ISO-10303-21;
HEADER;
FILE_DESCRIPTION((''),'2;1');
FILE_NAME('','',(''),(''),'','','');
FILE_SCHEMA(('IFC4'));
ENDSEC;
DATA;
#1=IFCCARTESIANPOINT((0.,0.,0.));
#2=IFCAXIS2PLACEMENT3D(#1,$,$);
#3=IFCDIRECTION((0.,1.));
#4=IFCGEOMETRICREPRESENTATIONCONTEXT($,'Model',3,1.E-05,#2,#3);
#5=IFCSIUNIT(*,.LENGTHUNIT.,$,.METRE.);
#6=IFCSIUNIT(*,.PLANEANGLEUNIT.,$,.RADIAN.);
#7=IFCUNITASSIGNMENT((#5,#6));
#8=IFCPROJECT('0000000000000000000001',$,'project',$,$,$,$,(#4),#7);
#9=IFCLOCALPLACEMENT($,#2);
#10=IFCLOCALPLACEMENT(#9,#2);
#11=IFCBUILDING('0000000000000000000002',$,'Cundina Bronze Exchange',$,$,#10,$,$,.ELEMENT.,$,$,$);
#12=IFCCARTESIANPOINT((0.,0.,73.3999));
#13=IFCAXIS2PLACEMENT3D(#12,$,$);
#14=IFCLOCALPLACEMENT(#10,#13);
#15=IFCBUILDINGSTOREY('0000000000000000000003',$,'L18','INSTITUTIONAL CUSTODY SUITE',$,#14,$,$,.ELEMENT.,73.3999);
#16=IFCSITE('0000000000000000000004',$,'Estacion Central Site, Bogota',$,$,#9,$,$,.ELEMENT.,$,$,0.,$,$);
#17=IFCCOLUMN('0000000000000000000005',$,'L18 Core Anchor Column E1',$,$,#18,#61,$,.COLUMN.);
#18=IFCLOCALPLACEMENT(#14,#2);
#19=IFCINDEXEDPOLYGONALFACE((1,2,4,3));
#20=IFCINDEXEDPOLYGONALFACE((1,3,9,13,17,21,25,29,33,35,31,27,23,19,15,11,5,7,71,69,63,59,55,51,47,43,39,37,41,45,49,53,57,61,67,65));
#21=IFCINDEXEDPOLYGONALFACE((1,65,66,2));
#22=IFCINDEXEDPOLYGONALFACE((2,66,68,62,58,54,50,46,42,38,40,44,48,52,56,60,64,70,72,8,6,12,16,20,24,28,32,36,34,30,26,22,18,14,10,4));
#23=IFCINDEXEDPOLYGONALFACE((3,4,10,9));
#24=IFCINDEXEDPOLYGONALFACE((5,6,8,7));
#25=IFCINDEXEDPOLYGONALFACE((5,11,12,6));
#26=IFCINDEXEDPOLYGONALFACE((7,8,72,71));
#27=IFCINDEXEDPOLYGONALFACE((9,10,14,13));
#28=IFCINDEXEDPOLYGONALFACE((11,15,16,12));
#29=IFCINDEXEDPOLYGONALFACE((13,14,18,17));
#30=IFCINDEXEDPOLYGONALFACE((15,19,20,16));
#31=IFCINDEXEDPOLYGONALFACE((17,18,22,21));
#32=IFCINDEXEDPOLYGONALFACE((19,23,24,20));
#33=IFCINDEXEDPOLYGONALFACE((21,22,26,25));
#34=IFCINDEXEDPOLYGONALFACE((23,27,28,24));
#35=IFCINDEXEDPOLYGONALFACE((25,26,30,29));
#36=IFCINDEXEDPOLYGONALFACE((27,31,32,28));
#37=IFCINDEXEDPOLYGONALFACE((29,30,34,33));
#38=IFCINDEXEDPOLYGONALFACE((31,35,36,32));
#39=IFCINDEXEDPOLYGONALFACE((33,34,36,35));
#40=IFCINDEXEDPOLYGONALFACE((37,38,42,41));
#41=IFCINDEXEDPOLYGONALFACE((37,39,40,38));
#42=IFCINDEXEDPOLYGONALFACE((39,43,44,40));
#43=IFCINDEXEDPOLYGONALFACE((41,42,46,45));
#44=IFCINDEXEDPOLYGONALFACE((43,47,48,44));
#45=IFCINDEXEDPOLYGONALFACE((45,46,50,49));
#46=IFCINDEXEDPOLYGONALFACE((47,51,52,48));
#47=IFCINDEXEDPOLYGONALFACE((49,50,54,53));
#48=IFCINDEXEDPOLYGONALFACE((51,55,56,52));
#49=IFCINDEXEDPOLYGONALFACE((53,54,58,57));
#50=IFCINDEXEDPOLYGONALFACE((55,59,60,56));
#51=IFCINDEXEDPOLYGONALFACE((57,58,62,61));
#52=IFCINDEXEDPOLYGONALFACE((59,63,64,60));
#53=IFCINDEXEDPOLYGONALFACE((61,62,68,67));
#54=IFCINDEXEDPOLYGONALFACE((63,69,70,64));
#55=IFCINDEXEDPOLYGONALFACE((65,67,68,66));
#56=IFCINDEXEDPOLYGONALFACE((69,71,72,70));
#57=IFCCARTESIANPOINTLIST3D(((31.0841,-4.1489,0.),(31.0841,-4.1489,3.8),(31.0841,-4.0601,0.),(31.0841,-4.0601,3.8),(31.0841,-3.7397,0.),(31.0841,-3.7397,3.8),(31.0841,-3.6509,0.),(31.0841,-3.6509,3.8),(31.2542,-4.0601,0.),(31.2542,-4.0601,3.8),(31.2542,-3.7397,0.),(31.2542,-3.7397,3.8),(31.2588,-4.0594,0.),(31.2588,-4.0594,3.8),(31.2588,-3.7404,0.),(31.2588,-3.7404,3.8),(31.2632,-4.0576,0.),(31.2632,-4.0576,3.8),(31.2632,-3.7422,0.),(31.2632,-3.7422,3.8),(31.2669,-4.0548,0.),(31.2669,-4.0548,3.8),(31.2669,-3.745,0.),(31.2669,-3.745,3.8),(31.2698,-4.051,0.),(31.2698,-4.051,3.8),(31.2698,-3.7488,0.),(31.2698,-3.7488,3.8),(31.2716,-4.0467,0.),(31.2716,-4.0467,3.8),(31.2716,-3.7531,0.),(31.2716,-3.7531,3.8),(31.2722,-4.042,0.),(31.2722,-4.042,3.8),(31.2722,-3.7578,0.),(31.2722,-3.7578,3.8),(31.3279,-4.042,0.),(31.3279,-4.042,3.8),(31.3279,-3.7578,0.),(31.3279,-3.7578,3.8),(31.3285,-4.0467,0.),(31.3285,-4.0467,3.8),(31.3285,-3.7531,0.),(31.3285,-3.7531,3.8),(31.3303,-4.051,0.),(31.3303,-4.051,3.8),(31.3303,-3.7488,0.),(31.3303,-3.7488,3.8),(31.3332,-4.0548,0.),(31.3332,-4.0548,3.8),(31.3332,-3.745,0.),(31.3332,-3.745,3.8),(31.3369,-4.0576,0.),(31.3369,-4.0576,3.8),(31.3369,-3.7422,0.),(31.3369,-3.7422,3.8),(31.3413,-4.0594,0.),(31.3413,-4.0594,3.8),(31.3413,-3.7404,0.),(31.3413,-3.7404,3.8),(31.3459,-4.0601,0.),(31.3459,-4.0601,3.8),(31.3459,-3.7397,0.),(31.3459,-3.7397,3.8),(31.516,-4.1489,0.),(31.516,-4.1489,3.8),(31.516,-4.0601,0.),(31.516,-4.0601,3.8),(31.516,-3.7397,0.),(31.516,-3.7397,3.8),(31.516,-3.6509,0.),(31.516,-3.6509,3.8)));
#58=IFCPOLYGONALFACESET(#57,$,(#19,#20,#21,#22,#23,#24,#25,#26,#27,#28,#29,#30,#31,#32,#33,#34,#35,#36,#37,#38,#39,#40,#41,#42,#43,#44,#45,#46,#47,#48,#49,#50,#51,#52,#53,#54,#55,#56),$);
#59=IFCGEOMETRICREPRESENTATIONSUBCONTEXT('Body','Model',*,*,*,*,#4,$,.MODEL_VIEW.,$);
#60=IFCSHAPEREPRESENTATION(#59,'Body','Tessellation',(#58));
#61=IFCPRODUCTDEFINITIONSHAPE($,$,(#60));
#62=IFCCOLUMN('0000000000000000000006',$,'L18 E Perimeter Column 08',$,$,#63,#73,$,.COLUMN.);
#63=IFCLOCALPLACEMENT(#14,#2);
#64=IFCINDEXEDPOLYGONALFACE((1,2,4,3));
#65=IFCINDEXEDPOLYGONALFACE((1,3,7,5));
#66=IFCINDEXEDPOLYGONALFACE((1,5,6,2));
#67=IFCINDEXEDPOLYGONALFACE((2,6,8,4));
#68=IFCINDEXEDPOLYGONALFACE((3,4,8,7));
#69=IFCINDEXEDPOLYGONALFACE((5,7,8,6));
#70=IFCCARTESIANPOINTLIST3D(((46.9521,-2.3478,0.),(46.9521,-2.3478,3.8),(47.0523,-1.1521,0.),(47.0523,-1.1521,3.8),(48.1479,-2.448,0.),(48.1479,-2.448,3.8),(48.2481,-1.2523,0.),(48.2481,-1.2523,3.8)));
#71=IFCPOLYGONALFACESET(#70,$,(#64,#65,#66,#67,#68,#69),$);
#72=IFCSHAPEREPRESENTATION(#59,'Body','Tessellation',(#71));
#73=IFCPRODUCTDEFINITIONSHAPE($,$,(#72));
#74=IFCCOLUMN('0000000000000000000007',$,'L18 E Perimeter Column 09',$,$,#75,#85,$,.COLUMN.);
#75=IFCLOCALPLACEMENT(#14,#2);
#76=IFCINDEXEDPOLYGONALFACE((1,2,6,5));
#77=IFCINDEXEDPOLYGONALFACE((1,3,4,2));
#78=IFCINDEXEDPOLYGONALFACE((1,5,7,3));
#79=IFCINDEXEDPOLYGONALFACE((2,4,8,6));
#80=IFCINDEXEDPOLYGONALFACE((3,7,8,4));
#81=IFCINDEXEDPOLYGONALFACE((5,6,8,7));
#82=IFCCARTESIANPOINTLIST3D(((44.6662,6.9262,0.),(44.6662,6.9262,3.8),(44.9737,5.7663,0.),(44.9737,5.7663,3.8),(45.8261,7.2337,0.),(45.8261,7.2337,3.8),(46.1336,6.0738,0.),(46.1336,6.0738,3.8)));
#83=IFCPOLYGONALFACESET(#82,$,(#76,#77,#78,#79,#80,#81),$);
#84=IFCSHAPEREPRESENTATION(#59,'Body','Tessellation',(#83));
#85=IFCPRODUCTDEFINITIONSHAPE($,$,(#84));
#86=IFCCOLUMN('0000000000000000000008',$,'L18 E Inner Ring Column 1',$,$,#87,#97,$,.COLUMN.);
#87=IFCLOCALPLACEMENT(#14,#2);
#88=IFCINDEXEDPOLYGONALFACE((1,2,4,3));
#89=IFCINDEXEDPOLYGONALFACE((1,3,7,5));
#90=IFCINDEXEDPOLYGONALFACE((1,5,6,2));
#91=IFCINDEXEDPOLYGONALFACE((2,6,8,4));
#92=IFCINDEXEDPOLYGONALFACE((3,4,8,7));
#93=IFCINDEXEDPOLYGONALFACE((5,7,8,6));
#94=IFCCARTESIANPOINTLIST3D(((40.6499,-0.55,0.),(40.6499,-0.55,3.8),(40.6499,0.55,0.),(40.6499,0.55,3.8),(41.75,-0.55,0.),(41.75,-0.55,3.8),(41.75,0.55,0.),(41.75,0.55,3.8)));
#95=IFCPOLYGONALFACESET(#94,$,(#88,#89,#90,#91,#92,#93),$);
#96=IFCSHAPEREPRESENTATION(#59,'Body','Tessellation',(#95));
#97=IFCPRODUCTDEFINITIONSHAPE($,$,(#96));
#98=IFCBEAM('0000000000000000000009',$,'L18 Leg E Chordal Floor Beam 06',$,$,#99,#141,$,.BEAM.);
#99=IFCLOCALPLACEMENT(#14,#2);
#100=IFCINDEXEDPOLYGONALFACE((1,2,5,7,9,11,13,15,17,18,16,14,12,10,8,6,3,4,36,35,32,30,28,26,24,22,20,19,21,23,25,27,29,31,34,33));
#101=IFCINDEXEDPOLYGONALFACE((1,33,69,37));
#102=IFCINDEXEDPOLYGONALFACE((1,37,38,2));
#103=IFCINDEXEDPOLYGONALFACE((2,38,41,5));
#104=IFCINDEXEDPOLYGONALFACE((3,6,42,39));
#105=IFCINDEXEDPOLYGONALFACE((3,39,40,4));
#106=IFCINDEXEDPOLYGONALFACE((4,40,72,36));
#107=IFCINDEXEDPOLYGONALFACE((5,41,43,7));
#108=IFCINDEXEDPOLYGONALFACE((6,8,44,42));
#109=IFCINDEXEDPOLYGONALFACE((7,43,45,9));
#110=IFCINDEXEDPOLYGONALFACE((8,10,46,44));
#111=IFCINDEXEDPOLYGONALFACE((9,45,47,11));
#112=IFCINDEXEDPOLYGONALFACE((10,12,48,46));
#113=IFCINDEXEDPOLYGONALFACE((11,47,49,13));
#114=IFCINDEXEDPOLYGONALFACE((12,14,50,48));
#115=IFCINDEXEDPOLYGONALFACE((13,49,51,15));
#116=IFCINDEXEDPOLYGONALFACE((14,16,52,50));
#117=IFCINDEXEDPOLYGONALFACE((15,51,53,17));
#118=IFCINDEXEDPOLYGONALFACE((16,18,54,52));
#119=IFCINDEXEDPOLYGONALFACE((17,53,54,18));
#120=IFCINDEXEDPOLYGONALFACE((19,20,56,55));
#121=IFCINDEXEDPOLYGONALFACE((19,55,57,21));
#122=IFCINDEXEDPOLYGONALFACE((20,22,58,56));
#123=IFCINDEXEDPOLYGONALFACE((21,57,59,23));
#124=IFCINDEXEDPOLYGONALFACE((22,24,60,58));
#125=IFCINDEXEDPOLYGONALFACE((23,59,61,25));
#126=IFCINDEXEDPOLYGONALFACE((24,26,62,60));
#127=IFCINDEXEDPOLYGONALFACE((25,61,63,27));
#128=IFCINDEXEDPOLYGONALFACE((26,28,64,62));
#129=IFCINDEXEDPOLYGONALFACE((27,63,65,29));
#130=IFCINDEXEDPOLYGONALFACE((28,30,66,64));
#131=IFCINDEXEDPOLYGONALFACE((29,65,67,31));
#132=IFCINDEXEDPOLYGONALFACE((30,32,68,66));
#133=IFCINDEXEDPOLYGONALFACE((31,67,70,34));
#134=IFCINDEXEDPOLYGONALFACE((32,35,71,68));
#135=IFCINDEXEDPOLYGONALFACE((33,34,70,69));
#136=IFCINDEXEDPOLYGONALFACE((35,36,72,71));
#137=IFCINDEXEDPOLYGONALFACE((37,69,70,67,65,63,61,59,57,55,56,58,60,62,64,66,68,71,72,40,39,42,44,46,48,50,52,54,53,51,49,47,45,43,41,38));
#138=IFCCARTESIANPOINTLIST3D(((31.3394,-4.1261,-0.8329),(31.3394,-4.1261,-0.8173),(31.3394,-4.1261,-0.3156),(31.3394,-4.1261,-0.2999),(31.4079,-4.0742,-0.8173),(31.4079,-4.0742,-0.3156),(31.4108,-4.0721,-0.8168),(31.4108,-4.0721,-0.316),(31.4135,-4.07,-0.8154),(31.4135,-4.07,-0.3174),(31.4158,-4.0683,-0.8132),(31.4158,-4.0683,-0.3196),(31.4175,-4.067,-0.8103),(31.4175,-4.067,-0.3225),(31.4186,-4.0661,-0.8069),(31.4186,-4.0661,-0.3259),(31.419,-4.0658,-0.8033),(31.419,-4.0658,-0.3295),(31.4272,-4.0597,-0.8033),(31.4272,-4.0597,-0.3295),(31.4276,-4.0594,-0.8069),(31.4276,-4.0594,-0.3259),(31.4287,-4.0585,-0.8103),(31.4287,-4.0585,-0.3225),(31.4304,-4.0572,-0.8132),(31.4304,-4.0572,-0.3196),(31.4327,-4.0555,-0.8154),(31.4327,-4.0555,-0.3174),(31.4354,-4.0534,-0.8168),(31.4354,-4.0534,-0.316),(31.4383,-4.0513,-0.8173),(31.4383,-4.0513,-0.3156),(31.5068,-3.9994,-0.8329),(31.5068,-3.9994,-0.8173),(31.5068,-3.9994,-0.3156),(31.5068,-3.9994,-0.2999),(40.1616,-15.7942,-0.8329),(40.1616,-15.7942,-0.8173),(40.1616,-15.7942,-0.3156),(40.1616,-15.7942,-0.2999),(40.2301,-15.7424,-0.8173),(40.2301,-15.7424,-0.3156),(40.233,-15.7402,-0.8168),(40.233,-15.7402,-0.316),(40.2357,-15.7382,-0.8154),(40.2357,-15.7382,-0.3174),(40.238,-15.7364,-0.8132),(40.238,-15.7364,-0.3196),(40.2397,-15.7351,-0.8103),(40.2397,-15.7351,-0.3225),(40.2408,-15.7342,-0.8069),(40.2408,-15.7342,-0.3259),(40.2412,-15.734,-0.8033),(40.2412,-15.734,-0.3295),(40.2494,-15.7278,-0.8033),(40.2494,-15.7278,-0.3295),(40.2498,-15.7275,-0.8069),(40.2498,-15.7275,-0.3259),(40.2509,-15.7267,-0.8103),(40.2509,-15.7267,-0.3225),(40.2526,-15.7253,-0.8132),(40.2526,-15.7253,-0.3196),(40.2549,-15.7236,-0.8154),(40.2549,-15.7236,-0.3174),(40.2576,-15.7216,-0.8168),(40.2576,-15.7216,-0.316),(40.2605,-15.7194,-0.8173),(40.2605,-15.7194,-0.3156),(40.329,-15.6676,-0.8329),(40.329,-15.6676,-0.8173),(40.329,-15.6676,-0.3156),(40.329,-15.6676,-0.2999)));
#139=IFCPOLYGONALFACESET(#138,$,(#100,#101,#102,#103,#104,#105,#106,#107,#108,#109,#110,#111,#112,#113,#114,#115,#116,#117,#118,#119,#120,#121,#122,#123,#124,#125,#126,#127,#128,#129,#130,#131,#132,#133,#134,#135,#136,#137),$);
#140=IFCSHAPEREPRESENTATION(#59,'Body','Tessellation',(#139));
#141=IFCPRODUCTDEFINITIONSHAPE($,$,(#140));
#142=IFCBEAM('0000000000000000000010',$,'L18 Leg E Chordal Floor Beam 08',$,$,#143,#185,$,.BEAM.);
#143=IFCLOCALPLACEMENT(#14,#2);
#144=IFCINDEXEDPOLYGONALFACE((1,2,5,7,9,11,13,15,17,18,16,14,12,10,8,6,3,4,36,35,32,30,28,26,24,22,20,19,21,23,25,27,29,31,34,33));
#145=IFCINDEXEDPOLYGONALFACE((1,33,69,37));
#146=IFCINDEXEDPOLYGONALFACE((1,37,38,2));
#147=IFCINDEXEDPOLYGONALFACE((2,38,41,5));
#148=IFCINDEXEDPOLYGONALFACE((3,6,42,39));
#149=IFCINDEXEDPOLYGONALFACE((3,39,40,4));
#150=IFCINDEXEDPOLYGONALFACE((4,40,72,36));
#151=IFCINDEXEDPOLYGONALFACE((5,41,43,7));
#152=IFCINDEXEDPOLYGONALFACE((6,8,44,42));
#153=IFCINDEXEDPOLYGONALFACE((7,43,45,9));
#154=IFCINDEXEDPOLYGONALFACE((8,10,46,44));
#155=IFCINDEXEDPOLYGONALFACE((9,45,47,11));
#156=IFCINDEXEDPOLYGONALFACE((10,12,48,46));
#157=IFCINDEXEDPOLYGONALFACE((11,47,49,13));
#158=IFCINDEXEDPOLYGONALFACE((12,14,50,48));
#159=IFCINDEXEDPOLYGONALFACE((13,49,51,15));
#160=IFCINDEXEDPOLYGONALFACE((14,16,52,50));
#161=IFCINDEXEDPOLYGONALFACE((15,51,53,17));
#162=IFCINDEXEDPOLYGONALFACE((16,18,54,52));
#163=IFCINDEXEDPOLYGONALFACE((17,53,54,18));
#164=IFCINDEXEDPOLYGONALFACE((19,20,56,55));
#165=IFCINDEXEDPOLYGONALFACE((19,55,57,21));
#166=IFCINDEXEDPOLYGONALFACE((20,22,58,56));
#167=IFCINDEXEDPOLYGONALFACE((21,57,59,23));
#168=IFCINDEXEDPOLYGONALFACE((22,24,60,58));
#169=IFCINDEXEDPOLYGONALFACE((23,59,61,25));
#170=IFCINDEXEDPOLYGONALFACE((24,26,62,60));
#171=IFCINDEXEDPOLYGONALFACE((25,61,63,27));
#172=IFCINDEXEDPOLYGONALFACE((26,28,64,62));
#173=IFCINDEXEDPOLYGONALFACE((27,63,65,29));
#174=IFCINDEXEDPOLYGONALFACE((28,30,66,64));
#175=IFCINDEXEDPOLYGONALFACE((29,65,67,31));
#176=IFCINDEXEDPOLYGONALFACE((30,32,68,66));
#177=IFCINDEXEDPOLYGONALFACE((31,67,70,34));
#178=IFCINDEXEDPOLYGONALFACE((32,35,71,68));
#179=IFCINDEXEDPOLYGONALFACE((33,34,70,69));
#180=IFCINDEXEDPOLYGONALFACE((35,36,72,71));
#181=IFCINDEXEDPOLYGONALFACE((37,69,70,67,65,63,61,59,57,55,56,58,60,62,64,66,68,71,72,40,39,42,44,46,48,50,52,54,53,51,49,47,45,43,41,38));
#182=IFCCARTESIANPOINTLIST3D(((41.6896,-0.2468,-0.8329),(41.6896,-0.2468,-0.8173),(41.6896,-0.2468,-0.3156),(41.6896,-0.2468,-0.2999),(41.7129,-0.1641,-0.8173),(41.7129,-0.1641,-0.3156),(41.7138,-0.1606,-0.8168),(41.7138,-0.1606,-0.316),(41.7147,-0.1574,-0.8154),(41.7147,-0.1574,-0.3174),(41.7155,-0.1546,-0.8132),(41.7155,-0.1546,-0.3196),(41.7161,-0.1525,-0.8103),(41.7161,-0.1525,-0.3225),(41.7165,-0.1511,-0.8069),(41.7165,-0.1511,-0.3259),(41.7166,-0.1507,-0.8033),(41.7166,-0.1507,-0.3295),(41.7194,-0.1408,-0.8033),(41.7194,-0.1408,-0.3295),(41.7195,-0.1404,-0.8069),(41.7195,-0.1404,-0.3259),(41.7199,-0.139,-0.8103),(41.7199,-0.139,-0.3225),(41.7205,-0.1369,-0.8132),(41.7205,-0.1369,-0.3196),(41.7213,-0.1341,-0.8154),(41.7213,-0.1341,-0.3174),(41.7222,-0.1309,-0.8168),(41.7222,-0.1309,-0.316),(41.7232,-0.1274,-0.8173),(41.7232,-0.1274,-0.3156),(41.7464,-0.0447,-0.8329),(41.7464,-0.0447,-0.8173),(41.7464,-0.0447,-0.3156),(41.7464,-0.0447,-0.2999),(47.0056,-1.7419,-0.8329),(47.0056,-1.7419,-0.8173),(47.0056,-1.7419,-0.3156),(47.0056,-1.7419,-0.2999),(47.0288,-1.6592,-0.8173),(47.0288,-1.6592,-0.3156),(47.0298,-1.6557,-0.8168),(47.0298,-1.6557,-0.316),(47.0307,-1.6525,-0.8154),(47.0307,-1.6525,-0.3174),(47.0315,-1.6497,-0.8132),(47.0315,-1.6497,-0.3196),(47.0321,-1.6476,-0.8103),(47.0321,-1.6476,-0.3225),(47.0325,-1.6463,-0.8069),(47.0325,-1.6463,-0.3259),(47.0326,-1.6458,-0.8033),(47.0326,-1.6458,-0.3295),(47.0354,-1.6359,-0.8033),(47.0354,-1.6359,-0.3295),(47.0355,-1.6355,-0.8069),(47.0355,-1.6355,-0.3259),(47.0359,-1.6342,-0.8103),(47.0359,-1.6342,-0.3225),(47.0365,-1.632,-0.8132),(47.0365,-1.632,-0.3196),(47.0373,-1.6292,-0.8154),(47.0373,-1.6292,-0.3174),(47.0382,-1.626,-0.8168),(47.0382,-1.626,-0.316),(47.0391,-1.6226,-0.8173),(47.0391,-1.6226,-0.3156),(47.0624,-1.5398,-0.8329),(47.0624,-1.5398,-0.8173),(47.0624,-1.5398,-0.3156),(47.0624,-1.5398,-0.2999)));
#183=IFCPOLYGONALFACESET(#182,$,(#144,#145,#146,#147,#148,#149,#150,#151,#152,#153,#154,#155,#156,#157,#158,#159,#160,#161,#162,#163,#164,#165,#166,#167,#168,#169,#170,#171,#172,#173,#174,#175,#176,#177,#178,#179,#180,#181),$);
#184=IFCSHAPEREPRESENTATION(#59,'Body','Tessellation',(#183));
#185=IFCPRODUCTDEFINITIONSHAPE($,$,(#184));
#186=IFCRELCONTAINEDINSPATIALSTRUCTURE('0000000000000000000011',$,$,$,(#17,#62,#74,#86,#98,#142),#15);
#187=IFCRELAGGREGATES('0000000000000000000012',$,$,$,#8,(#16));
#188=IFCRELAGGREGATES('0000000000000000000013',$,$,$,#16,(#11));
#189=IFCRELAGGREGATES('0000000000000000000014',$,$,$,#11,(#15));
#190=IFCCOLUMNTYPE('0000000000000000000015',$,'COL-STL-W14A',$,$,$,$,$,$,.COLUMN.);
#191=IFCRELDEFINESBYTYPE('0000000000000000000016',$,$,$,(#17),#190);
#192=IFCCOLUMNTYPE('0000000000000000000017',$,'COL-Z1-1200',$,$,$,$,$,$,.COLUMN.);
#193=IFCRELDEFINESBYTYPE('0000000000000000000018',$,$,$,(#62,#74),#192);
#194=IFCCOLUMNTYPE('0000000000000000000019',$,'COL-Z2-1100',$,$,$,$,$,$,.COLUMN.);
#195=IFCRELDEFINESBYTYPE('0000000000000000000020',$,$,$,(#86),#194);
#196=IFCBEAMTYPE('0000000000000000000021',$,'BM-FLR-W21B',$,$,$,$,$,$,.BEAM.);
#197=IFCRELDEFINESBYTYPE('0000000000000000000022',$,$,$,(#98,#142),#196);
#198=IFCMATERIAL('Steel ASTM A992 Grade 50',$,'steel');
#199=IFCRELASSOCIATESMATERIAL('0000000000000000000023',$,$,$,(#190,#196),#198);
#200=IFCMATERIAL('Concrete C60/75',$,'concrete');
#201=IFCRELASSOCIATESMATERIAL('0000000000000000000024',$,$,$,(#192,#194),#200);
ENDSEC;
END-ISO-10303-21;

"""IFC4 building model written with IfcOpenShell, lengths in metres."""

from ifc_helpers import new_model, si_unit, direction, frame, origin, origin_2d, place, context, subcontext, project, spatial, rectangle, i_section, extrude, material, material_profile, profile_set, type_object, element, save


model = new_model("IFC4")

# Units and contexts
model_context = context("Model", 3, precision=1e-05, world=origin(), true_north=direction((0.0, 1.0)))
body_context = subcontext(model_context, "Body", "Model", "MODEL_VIEW")
ifc_project = project(units=[si_unit("LENGTHUNIT", "METRE"), si_unit("PLANEANGLEUNIT", "RADIAN")], contexts=[model_context])

# Site, building, storey
site_placement = place(None, origin())
site = spatial("IfcSite", under=ifc_project, at=site_placement, Name="Estacion Central Site, Bogota", CompositionType="ELEMENT", RefElevation=0.0)
building_placement = place(site_placement, origin())
building = spatial("IfcBuilding", under=site, at=building_placement, Name="Cundina Bronze Exchange", CompositionType="ELEMENT")
storey_placement = place(building_placement, frame((0.0, 0.0, 73.3999)))
storey = spatial("IfcBuildingStorey", under=building, at=storey_placement, Name="L18", Description="INSTITUTIONAL CUSTODY SUITE", CompositionType="ELEMENT", Elevation=73.3999)

# Columns
ifc_material_1 = material(Name="Steel ASTM A992 Grade 50", Category="steel")
ifc_material_profile_1 = material_profile(ifc_material_1, i_section(OverallWidth=0.4319, OverallDepth=0.498, WebThickness=0.0557, FlangeThickness=0.0889, FilletRadius=0.0181, at=origin_2d()), Name="W14X500", Category="steel")
ifc_profile_set_1 = profile_set([ifc_material_profile_1], Name="Steel ASTM A992 Grade 50")
column_type_1 = type_object("IfcColumnType", Name="COL-STL-W14A", PredefinedType="COLUMN", material=ifc_profile_set_1)
column_1_placement = place(storey_placement, frame((31.3, -3.8999, 0.0), z_axis=(0.0, 0.0, 1.0), x_axis=(1.0, 0.0, 0.0)))
element("IfcColumn", 1, at=column_1_placement, inside=storey, type_object=column_type_1, Name="L18 Core Anchor Column E1", PredefinedType="COLUMN", context=body_context, shape_type="SweptSolid", body=[
    extrude(i_section(OverallWidth=0.4319, OverallDepth=0.498, WebThickness=0.0557, FlangeThickness=0.0889, FilletRadius=0.0181, at=origin_2d()), origin(), (0.0, 0.0, 1.0), 3.8),
])
ifc_material_2 = material(Name="Concrete C60/75", Category="concrete")
ifc_material_profile_2 = material_profile(ifc_material_2, rectangle(XDim=1.2, YDim=1.2, at=origin_2d()), Name="RC1200X1200", Category="concrete")
ifc_profile_set_2 = profile_set([ifc_material_profile_2], Name="Concrete C60/75")
column_type_2 = type_object("IfcColumnType", Name="COL-Z1-1200", PredefinedType="COLUMN", material=ifc_profile_set_2)
for number, where, z_axis, x_axis, name in (
    (2, (47.6001, -1.8, 0.0), (0.0, 0.0, 1.0), (0.083504, 0.996507, 0.0), "L18 E Perimeter Column 08"),
    (3, (45.3999, 6.5, 0.0), (0.0, 0.0, 1.0), (-0.256289, 0.9666, 0.0), "L18 E Perimeter Column 09"),
):
    element("IfcColumn", number, at=place(storey_placement, frame(where, z_axis=z_axis, x_axis=x_axis)), inside=storey, type_object=column_type_2, Name=name, PredefinedType="COLUMN", context=body_context, shape_type="SweptSolid", body=[
        extrude(rectangle(XDim=1.2, YDim=1.2, at=origin_2d()), origin(), (0.0, 0.0, 1.0), 3.8),
    ])
ifc_material_profile_3 = material_profile(ifc_material_2, rectangle(XDim=1.1001, YDim=1.1001, at=origin_2d()), Name="RC1100X1100", Category="concrete")
ifc_profile_set_3 = profile_set([ifc_material_profile_3], Name="Concrete C60/75")
column_type_3 = type_object("IfcColumnType", Name="COL-Z2-1100", PredefinedType="COLUMN", material=ifc_profile_set_3)
column_2_placement = place(storey_placement, frame((41.2, 0.0, 0.0), z_axis=(0.0, 0.0, 1.0), x_axis=(1.0, 0.0, 0.0)))
element("IfcColumn", 4, at=column_2_placement, inside=storey, type_object=column_type_3, Name="L18 E Inner Ring Column 1", PredefinedType="COLUMN", context=body_context, shape_type="SweptSolid", body=[
    extrude(rectangle(XDim=1.1001, YDim=1.1001, at=origin_2d()), origin(), (0.0, 0.0, 1.0), 3.8),
])

# Beams
ifc_material_profile_4 = material_profile(ifc_material_1, i_section(OverallWidth=0.21, OverallDepth=0.533, WebThickness=0.0103, FlangeThickness=0.0156, FilletRadius=0.0139, at=origin_2d()), Name="W21X62", Category="steel")
ifc_profile_set_4 = profile_set([ifc_material_profile_4], Name="Steel ASTM A992 Grade 50")
beam_type_1 = type_object("IfcBeamType", Name="BM-FLR-W21B", PredefinedType="BEAM", material=ifc_profile_set_4)
beam_1_placement = place(storey_placement, frame((31.4231, -4.0627, -0.5664), z_axis=(0.603106, -0.797661, 0.0), x_axis=(0.797661, 0.603106, 0.0)))
element("IfcBeam", 5, at=beam_1_placement, inside=storey, type_object=beam_type_1, Name="L18 Leg E Chordal Floor Beam 06", PredefinedType="BEAM", context=body_context, shape_type="SweptSolid", body=[
    extrude(i_section(OverallWidth=0.21, OverallDepth=0.533, WebThickness=0.0103, FlangeThickness=0.0156, FilletRadius=0.0139, at=origin_2d()), origin(), (0.0, 0.0, 1.0), 14.6279),
])
beam_2_placement = place(storey_placement, frame((41.718, -0.1458, -0.5664), z_axis=(0.96265, -0.270748, 0.0), x_axis=(0.270748, 0.96265, 0.0)))
element("IfcBeam", 6, at=beam_2_placement, inside=storey, type_object=beam_type_1, Name="L18 Leg E Chordal Floor Beam 08", PredefinedType="BEAM", context=body_context, shape_type="SweptSolid", body=[
    extrude(i_section(OverallWidth=0.21, OverallDepth=0.533, WebThickness=0.0103, FlangeThickness=0.0156, FilletRadius=0.0139, at=origin_2d()), origin(), (0.0, 0.0, 1.0), 5.5222),
])

save(model, "model.ifc")
